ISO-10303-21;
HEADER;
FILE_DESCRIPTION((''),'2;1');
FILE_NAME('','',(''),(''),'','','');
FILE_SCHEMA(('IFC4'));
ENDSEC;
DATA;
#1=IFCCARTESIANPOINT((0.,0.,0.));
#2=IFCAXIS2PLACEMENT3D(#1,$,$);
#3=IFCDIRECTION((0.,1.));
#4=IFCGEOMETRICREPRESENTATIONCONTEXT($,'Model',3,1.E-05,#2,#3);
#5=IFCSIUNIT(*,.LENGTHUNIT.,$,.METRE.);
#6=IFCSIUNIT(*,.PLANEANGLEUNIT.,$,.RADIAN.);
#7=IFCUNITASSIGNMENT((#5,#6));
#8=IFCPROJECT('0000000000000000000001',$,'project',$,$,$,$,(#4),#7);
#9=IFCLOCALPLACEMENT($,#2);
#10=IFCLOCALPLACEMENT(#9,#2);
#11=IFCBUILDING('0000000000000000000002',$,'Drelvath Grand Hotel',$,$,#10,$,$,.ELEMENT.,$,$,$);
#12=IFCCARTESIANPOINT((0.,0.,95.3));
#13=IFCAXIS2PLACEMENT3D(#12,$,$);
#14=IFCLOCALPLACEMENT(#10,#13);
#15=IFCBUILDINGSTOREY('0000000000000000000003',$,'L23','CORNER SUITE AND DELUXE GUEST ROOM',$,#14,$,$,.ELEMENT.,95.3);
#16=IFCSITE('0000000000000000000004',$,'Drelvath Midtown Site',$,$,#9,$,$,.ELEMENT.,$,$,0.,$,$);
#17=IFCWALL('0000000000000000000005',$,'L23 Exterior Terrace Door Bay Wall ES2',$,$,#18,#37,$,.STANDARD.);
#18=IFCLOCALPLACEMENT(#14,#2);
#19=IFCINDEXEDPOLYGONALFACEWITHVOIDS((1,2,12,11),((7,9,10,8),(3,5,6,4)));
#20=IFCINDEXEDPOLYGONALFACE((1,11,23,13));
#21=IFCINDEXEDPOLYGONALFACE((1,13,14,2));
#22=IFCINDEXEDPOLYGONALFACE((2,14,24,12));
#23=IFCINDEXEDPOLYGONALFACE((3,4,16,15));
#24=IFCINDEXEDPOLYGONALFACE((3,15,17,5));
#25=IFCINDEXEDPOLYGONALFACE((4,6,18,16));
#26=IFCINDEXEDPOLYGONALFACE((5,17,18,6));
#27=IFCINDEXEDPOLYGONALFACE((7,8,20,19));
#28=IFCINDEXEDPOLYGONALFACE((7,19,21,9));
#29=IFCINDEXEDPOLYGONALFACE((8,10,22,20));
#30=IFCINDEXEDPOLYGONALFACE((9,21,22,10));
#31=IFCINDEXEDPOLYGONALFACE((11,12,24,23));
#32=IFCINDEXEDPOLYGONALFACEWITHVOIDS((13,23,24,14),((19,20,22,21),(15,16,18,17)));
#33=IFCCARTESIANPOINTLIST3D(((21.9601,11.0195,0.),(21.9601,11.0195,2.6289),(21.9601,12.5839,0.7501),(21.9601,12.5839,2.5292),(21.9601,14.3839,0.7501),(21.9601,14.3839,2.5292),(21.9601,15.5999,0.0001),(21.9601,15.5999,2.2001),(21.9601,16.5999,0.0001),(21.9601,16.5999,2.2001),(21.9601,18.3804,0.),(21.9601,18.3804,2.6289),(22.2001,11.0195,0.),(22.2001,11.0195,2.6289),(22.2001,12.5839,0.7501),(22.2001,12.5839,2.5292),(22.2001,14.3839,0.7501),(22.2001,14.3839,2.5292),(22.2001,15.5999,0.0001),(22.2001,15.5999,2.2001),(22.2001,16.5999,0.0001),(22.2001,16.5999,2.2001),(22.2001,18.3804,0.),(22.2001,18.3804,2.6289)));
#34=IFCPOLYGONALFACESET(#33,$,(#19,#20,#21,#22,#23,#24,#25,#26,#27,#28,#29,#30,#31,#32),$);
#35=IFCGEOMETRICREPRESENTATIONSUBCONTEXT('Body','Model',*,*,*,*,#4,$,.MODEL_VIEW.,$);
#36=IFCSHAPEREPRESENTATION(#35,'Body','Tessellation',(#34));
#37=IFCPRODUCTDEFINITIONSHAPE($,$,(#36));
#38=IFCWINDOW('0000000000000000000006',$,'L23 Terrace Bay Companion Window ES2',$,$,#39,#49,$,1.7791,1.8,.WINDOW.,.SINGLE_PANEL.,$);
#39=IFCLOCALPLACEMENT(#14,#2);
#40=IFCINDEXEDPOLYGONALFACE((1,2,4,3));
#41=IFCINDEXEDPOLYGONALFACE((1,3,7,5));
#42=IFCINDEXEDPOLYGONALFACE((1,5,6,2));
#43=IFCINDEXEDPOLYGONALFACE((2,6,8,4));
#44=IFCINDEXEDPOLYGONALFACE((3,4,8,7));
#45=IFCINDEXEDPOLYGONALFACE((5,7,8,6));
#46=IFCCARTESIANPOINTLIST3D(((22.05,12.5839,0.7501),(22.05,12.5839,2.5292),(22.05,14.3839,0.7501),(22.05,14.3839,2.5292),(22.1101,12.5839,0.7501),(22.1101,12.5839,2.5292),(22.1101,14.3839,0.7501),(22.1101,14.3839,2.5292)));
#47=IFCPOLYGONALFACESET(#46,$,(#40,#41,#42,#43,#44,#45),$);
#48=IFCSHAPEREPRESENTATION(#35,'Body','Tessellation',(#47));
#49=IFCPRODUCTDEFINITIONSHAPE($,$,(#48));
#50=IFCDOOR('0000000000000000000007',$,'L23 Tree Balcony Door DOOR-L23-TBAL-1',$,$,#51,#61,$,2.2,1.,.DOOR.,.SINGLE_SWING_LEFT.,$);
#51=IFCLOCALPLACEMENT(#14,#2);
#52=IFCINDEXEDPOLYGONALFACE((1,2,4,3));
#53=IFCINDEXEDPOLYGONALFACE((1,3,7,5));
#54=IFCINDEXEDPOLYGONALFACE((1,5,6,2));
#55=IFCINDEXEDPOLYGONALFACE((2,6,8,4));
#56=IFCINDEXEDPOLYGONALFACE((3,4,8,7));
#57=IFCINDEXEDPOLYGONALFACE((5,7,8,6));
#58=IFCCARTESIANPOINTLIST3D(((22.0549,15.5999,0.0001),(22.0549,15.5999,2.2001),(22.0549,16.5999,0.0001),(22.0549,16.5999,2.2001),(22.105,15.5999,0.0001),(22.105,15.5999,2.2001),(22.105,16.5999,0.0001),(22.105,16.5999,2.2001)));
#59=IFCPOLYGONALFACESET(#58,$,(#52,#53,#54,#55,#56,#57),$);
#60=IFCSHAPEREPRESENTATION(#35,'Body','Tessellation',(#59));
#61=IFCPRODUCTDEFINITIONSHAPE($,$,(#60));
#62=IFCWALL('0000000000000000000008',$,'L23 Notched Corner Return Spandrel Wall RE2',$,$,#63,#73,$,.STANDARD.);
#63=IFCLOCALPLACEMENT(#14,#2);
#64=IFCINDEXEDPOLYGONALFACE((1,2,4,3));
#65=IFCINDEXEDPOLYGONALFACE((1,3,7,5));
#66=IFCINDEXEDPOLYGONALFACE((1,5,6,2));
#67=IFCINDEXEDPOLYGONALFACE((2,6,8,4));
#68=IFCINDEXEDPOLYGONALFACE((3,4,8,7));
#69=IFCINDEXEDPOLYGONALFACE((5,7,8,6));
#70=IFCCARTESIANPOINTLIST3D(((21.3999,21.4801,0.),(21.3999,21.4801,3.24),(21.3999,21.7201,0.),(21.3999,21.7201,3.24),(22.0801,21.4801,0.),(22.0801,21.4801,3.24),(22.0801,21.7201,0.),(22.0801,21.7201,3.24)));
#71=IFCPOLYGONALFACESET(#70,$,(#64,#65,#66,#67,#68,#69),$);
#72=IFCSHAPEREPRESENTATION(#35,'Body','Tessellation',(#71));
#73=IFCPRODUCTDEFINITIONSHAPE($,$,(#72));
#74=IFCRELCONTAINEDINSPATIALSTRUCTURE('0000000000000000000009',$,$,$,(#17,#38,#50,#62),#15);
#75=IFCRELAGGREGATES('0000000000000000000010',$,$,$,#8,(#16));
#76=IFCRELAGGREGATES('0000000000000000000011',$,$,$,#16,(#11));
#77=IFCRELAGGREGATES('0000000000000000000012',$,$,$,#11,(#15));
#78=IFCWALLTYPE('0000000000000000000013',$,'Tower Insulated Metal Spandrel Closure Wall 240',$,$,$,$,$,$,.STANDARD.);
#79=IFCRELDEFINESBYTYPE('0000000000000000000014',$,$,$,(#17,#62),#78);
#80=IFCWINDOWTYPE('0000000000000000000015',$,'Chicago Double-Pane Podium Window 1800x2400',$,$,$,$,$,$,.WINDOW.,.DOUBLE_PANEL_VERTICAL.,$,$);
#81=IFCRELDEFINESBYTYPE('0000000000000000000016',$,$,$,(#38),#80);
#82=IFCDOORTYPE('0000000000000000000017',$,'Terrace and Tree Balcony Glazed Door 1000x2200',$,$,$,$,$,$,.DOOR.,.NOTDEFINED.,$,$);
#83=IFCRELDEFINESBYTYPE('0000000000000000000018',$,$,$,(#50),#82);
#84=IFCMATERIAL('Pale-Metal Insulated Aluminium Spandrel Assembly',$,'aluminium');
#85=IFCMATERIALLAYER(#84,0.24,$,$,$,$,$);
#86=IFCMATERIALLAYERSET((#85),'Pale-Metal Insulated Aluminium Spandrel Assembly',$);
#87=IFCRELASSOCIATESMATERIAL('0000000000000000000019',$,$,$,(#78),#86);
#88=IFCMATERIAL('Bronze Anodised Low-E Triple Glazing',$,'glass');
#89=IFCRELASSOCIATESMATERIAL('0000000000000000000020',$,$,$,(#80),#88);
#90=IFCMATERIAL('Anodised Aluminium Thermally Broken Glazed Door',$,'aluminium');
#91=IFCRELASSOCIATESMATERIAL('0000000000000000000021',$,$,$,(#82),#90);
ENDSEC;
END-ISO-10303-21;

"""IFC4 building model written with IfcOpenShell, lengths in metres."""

from ifc_helpers import new_model, si_unit, direction, frame, frame_2d, origin, place, context, subcontext, project, spatial, rectangle, extrude, material, layer, layer_set, type_object, element, fill, save


model = new_model("IFC4")

# Units and contexts
model_context = context("Model", 3, precision=1e-05, world=origin(), true_north=direction((0.0, 1.0)))
body_context = subcontext(model_context, "Body", "Model", "MODEL_VIEW")
ifc_project = project(units=[si_unit("LENGTHUNIT", "METRE"), si_unit("PLANEANGLEUNIT", "RADIAN")], contexts=[model_context])

# Site, building, storey
site_placement = place(None, origin())
site = spatial("IfcSite", under=ifc_project, at=site_placement, Name="Drelvath Midtown Site", CompositionType="ELEMENT", RefElevation=0.0)
building_placement = place(site_placement, origin())
building = spatial("IfcBuilding", under=site, at=building_placement, Name="Drelvath Grand Hotel", CompositionType="ELEMENT")
storey_placement = place(building_placement, frame((0.0, 0.0, 95.3)))
storey = spatial("IfcBuildingStorey", under=building, at=storey_placement, Name="L23", Description="CORNER SUITE AND DELUXE GUEST ROOM", CompositionType="ELEMENT", Elevation=95.3)

# Wall, openings, window, door
ifc_material_1 = material(Name="Pale-Metal Insulated Aluminium Spandrel Assembly", Category="aluminium")
ifc_layer_1 = layer(ifc_material_1, 0.24)
ifc_layer_set_1 = layer_set([ifc_layer_1], Name="Pale-Metal Insulated Aluminium Spandrel Assembly")
wall_type_1 = type_object("IfcWallType", Name="Tower Insulated Metal Spandrel Closure Wall 240", PredefinedType="STANDARD", material=ifc_layer_set_1)
wall_1_placement = place(storey_placement, frame((22.0801, 18.3804, 0.0), z_axis=(0.0, 0.0, 1.0), x_axis=(0.0, -1.0, 0.0)))
wall_1 = element("IfcWall", 1, at=wall_1_placement, inside=storey, type_object=wall_type_1, Name="L23 Exterior Terrace Door Bay Wall ES2", PredefinedType="STANDARD", context=body_context, shape_type="SweptSolid", body=[
    extrude(rectangle(XDim=7.3608, YDim=0.24, at=frame_2d((3.6804, 0.0))), origin(), (0.0, 0.0, 1.0), 2.6289),
])
opening_1_placement = place(wall_1_placement, frame((1.7805, 0.0, 0.0)))
opening_1 = element("IfcOpeningElement", 2, at=opening_1_placement, cuts=wall_1, PredefinedType="OPENING", context=body_context, shape_type="SweptSolid", body=[
    extrude(rectangle(XDim=1.0, YDim=2.2, at=frame_2d((0.5, 1.1001))), frame((0.0, 0.1299, 0.0), z_axis=(0.0, -1.0, 0.0), x_axis=(1.0, 0.0, 0.0)), (0.0, 0.0, 1.0), 0.26),
])
opening_2_placement = place(wall_1_placement, frame((3.9966, 0.0, 0.75)))
opening_2 = element("IfcOpeningElement", 3, at=opening_2_placement, cuts=wall_1, PredefinedType="OPENING", context=body_context, shape_type="SweptSolid", body=[
    extrude(rectangle(XDim=1.8, YDim=1.7791, at=frame_2d((0.8999, 0.8896))), frame((0.0, 0.1299, 0.0), z_axis=(0.0, -1.0, 0.0), x_axis=(1.0, 0.0, 0.0)), (0.0, 0.0, 1.0), 0.26),
])
ifc_material_2 = material(Name="Bronze Anodised Low-E Triple Glazing", Category="glass")
window_type = type_object("IfcWindowType", Name="Chicago Double-Pane Podium Window 1800x2400", PartitioningType="DOUBLE_PANEL_VERTICAL", PredefinedType="WINDOW", material=ifc_material_2)
window_placement = place(opening_2_placement, origin())
window = element("IfcWindow", 4, at=window_placement, inside=storey, type_object=window_type, Name="L23 Terrace Bay Companion Window ES2", OverallHeight=1.7791, OverallWidth=1.8, PartitioningType="SINGLE_PANEL", PredefinedType="WINDOW", context=body_context, shape_type="SweptSolid", body=[
    extrude(rectangle(XDim=1.8, YDim=1.7791, at=frame_2d((0.8999, 0.8896))), frame((0.0, 0.03, 0.0), z_axis=(0.0, -1.0, 0.0), x_axis=(1.0, 0.0, 0.0)), (0.0, 0.0, 1.0), 0.0601),
])
fill(opening_2, window)
ifc_material_3 = material(Name="Anodised Aluminium Thermally Broken Glazed Door", Category="aluminium")
door_type_1 = type_object("IfcDoorType", Name="Terrace and Tree Balcony Glazed Door 1000x2200", OperationType="NOTDEFINED", PredefinedType="DOOR", material=ifc_material_3)
door_1_placement = place(opening_1_placement, origin())
door_1 = element("IfcDoor", 5, at=door_1_placement, inside=storey, type_object=door_type_1, Name="L23 Tree Balcony Door DOOR-L23-TBAL-1", OperationType="SINGLE_SWING_LEFT", OverallHeight=2.2, OverallWidth=1.0, PredefinedType="DOOR", context=body_context, shape_type="SweptSolid", body=[
    extrude(rectangle(XDim=1.0, YDim=2.2, at=frame_2d((0.5, 1.1001))), frame((0.0, 0.0249, 0.0), z_axis=(0.0, -1.0, 0.0), x_axis=(1.0, 0.0, 0.0)), (0.0, 0.0, 1.0), 0.05),
])
fill(opening_1, door_1)

# Wall
wall_2_placement = place(storey_placement, frame((21.3999, 21.6001, 0.0), z_axis=(0.0, 0.0, 1.0), x_axis=(1.0, 0.0, 0.0)))
element("IfcWall", 6, at=wall_2_placement, inside=storey, type_object=wall_type_1, Name="L23 Notched Corner Return Spandrel Wall RE2", PredefinedType="STANDARD", context=body_context, shape_type="SweptSolid", body=[
    extrude(rectangle(XDim=0.6802, YDim=0.24, at=frame_2d((0.3401, 0.0))), origin(), (0.0, 0.0, 1.0), 3.24),
])

save(model, "model.ifc")
